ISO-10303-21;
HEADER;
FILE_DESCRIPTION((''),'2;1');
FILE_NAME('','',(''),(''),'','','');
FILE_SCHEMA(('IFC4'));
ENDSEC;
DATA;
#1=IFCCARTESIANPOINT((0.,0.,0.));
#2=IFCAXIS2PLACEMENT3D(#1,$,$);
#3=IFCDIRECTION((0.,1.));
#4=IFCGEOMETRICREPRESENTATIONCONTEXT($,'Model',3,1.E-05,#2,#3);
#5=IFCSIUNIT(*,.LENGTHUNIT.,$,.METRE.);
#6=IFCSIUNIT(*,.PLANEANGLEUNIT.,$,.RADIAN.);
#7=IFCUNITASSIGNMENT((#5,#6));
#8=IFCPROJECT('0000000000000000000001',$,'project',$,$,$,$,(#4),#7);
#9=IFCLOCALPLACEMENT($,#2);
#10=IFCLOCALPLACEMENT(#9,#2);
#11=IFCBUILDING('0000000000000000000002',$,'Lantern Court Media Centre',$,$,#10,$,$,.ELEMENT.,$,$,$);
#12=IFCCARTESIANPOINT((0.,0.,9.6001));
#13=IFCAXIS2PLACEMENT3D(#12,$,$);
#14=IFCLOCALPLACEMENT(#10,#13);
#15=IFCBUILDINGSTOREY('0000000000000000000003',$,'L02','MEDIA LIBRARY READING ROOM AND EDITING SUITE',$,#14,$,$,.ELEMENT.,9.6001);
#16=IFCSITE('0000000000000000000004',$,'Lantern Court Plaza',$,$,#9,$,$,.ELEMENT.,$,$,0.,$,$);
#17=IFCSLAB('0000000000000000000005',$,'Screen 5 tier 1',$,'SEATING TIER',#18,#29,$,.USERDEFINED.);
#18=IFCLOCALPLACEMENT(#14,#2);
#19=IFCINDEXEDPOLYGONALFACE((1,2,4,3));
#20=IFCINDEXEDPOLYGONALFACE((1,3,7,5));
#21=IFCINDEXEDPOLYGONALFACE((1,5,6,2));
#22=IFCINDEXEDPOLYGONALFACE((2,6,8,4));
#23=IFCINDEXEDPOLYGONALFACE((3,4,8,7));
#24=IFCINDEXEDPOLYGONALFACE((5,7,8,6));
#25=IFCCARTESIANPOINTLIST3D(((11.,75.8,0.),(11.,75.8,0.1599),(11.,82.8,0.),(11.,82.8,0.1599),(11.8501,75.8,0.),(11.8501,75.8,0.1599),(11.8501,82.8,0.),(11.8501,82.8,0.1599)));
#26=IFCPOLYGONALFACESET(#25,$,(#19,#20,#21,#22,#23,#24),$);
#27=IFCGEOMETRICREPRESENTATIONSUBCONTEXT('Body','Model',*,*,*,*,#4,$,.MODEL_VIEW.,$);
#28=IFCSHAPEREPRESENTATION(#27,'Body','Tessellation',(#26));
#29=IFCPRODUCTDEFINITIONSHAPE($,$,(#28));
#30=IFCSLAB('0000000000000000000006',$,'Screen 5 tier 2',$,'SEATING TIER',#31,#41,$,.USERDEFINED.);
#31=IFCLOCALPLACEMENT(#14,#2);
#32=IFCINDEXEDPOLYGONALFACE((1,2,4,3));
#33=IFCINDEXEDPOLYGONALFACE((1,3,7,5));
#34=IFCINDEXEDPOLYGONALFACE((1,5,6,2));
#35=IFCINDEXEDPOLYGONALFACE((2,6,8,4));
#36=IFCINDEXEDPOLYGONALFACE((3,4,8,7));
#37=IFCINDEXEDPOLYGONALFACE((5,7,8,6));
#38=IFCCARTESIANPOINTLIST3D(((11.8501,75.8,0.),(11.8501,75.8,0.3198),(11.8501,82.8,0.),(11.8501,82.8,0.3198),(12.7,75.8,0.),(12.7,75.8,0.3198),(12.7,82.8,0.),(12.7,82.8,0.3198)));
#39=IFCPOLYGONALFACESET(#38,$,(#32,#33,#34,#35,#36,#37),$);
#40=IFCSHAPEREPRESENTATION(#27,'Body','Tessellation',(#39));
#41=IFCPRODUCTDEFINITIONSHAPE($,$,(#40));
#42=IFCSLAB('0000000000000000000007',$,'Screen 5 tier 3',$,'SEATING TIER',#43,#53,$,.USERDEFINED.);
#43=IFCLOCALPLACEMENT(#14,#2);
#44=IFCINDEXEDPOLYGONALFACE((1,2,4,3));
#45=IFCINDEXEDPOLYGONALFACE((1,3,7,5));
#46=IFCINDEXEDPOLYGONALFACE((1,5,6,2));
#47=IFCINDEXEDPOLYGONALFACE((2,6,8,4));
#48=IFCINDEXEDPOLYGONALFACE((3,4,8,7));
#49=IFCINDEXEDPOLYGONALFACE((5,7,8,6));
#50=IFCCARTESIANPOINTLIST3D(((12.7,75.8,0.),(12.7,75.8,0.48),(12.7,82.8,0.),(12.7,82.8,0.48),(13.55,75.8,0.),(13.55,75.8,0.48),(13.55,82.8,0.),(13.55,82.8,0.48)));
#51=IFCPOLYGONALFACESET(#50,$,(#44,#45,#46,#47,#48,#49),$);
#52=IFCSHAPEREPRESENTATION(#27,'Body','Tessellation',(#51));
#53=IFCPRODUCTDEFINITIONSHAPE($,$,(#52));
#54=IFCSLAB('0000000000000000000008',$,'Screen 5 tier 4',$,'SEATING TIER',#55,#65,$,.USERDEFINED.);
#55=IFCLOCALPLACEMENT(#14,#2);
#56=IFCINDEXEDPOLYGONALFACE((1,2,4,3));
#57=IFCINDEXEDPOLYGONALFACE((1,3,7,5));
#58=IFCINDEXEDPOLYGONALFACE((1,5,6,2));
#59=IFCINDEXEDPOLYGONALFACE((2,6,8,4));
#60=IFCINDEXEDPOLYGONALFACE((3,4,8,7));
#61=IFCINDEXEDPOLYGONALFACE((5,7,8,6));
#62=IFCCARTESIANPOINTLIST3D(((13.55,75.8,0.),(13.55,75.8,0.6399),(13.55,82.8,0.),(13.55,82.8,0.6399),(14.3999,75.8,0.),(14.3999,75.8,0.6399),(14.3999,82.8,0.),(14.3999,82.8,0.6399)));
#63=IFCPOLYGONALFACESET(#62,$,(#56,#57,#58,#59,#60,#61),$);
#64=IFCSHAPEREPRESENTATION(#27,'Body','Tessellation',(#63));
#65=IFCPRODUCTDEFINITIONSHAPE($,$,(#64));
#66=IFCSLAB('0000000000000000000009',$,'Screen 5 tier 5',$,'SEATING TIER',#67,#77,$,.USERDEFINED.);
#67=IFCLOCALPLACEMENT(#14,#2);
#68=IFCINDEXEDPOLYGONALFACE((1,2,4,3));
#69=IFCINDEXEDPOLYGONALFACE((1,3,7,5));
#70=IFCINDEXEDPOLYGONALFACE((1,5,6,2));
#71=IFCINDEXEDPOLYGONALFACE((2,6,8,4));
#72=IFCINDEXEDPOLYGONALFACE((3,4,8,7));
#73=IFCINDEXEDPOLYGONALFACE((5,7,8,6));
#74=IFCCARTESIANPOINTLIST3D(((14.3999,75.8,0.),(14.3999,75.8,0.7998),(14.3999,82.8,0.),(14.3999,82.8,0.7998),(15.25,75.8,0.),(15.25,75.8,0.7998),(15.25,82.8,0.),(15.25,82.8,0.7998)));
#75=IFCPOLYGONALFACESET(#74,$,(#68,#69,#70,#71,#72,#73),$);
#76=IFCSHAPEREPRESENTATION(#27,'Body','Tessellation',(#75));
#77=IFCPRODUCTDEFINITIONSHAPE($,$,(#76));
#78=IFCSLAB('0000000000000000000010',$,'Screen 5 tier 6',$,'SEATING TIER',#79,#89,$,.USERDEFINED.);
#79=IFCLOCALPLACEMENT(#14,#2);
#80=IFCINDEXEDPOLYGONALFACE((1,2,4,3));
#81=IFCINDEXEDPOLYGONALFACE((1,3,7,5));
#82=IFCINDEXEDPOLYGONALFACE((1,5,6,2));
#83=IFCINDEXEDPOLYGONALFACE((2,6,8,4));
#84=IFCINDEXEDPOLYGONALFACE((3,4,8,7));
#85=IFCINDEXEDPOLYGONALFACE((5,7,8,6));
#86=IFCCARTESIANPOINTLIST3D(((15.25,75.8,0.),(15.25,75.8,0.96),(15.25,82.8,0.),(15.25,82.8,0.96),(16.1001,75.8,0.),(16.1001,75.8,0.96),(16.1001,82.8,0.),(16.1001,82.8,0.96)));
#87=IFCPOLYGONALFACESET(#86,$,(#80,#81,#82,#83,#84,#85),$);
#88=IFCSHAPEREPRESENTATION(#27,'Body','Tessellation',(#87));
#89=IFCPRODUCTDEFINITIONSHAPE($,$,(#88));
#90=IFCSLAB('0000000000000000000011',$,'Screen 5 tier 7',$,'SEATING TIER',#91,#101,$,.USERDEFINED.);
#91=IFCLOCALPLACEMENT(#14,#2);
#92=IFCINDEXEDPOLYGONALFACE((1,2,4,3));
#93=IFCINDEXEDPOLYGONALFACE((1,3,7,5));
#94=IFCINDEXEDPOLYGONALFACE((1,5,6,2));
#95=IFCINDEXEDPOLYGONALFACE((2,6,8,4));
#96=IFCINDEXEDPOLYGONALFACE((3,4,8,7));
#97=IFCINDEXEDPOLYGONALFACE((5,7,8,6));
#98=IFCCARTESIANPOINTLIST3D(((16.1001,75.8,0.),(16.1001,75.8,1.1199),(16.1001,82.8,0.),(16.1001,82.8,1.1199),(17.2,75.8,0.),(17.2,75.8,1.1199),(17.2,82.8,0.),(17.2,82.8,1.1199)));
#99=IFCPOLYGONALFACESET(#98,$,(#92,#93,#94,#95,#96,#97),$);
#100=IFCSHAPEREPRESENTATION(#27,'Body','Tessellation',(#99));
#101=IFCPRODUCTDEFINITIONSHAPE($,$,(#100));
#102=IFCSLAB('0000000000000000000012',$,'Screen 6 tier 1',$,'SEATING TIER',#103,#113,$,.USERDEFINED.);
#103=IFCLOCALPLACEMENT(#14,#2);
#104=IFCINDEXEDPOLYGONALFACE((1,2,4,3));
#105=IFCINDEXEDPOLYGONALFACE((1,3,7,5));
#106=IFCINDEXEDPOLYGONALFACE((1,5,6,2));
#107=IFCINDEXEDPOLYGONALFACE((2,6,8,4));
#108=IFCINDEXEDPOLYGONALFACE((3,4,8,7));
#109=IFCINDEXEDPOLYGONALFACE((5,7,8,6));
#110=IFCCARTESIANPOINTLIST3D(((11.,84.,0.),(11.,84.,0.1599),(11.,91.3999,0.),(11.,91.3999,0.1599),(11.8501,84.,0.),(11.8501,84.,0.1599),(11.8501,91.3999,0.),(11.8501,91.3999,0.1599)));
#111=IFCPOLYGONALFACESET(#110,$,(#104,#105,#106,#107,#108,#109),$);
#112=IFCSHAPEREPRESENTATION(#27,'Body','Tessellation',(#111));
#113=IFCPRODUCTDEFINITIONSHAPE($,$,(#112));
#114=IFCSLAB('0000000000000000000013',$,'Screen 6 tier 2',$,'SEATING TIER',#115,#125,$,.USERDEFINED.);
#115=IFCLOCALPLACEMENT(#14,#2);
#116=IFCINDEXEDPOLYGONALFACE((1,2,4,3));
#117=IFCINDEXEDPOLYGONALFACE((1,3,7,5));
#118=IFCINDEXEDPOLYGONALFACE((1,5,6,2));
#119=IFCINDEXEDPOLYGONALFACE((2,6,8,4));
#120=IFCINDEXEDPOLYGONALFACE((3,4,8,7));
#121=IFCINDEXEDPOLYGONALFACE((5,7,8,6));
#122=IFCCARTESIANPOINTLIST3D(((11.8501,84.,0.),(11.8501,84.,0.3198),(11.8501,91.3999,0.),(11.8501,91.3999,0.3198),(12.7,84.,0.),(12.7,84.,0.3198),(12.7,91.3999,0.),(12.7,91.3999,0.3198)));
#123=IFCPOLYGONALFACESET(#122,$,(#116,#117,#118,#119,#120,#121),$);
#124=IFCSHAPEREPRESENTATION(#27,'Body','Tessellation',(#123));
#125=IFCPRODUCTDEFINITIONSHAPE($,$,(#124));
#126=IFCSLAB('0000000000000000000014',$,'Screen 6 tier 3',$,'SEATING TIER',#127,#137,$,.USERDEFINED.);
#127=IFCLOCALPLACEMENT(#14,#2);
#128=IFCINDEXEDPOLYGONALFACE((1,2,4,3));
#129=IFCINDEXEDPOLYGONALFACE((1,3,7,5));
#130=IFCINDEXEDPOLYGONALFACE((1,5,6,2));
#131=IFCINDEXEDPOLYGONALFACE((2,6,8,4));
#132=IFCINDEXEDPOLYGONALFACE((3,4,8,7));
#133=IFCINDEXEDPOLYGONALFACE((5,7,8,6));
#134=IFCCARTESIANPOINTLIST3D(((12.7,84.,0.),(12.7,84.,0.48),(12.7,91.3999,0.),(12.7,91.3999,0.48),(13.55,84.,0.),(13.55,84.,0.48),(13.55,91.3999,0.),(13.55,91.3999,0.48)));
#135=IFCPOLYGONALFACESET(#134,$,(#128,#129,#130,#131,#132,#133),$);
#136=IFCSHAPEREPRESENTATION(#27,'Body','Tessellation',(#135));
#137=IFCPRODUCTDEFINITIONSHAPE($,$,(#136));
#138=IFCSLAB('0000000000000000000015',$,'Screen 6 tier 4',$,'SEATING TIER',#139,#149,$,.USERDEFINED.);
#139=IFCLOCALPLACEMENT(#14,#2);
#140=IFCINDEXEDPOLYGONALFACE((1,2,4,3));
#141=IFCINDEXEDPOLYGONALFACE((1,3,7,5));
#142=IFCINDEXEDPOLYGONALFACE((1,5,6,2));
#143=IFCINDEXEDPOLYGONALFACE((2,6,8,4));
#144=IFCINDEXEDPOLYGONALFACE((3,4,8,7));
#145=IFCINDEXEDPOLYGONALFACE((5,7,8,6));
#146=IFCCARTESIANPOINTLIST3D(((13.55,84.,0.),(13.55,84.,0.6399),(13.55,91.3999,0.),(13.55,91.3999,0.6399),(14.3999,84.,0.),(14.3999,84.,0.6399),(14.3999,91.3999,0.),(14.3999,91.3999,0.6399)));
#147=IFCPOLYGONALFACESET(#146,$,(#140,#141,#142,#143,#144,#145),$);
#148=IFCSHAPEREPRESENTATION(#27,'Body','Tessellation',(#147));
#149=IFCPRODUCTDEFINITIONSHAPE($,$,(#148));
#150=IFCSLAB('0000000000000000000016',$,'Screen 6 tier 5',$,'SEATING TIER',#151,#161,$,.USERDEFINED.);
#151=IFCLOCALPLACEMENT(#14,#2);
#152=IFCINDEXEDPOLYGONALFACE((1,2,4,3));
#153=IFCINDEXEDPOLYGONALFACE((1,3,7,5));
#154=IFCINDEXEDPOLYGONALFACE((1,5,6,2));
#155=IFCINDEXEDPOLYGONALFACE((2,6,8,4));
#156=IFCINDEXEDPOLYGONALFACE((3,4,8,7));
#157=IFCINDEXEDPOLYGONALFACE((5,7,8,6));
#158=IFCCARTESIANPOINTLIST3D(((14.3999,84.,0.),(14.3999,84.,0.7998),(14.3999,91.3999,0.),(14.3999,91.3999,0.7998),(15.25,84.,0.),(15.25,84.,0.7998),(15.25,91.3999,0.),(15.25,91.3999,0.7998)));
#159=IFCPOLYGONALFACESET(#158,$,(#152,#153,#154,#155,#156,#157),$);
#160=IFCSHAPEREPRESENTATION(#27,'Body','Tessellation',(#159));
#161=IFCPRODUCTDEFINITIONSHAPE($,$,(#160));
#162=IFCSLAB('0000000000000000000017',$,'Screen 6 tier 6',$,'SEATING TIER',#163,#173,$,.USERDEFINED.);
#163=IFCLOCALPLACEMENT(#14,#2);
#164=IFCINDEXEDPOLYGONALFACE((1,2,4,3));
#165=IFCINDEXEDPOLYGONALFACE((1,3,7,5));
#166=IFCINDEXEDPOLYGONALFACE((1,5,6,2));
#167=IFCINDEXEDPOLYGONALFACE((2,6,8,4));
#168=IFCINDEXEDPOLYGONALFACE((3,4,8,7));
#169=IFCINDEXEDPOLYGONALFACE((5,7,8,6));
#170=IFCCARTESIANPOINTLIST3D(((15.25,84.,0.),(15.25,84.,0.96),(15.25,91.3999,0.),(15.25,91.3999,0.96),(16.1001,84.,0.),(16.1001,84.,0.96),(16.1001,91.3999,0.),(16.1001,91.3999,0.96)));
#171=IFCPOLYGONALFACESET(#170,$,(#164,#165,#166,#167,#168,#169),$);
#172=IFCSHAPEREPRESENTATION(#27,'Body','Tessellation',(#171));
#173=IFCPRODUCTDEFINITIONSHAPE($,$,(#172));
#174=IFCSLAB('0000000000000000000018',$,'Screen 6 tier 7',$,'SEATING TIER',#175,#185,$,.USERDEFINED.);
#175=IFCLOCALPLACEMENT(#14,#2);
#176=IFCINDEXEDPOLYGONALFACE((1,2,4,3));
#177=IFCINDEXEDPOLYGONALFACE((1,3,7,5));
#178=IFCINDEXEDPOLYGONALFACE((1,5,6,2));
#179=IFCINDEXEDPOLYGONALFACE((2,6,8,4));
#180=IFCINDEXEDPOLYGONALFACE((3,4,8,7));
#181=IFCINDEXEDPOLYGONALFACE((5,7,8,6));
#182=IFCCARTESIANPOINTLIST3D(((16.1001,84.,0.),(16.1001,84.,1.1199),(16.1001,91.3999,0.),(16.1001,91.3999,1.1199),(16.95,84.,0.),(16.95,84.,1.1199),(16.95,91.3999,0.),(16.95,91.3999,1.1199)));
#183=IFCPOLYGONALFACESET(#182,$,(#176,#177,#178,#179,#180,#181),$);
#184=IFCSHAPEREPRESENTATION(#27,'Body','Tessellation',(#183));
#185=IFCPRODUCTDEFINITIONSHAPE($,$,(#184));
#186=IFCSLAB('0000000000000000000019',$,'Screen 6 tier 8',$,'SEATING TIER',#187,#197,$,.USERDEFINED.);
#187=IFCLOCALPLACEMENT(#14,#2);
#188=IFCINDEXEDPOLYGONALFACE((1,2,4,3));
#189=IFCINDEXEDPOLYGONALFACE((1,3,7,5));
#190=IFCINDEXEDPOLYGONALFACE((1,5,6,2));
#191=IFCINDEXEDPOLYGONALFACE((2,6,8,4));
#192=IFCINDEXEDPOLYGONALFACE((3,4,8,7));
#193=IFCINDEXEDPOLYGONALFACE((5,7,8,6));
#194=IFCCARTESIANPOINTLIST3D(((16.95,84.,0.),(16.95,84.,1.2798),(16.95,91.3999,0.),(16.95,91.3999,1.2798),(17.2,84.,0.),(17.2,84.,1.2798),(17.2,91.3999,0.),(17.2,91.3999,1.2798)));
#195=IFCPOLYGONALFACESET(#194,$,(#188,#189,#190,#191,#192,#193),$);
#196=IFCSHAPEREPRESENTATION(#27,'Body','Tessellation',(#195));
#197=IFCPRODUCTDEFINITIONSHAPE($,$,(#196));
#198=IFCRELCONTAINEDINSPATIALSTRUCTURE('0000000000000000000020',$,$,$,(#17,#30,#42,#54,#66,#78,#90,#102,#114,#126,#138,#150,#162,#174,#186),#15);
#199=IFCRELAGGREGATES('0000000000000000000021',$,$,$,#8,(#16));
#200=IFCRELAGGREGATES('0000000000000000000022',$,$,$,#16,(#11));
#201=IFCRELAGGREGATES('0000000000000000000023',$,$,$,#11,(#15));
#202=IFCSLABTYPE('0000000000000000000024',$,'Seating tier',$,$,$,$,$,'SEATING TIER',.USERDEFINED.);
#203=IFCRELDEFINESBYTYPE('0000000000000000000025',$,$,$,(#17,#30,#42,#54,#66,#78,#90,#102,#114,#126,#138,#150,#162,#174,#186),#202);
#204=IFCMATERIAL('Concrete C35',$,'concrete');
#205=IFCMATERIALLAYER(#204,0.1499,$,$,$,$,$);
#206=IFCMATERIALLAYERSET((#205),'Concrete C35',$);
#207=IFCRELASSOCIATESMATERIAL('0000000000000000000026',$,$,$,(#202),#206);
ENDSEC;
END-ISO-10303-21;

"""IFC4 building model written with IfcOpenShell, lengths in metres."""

from ifc_helpers import new_model, si_unit, direction, frame, origin, place, context, subcontext, project, spatial, polyline, outline, extrude, material, layer, layer_set, type_object, element, save


model = new_model("IFC4")

# Units and contexts
model_context = context("Model", 3, precision=1e-05, world=origin(), true_north=direction((0.0, 1.0)))
body_context = subcontext(model_context, "Body", "Model", "MODEL_VIEW")
ifc_project = project(units=[si_unit("LENGTHUNIT", "METRE"), si_unit("PLANEANGLEUNIT", "RADIAN")], contexts=[model_context])

# Site, building, storey
site_placement = place(None, origin())
site = spatial("IfcSite", under=ifc_project, at=site_placement, Name="Lantern Court Plaza", CompositionType="ELEMENT", RefElevation=0.0)
building_placement = place(site_placement, origin())
building = spatial("IfcBuilding", under=site, at=building_placement, Name="Lantern Court Media Centre", CompositionType="ELEMENT")
storey_placement = place(building_placement, frame((0.0, 0.0, 9.6001)))
storey = spatial("IfcBuildingStorey", under=building, at=storey_placement, Name="L02", Description="MEDIA LIBRARY READING ROOM AND EDITING SUITE", CompositionType="ELEMENT", Elevation=9.6001)

# Slabs
ifc_material_1 = material(Name="Concrete C35", Category="concrete")
ifc_layer_1 = layer(ifc_material_1, 0.1499)
ifc_layer_set_1 = layer_set([ifc_layer_1], Name="Concrete C35")
slab_type = type_object("IfcSlabType", Name="Seating tier", ElementType="SEATING TIER", PredefinedType="USERDEFINED", material=ifc_layer_set_1)
slab_1_placement = place(storey_placement, origin())
element("IfcSlab", 1, at=slab_1_placement, inside=storey, type_object=slab_type, Name="Screen 5 tier 1", ObjectType="SEATING TIER", PredefinedType="USERDEFINED", context=body_context, shape_type="SweptSolid", body=[
    extrude(outline(polyline([(11.0, 75.8), (11.8501, 75.8), (11.8501, 82.8), (11.0, 82.8), (11.0, 75.8)])), origin(), (0.0, 0.0, 1.0), 0.1599),
])
slab_2_placement = place(storey_placement, origin())
element("IfcSlab", 2, at=slab_2_placement, inside=storey, type_object=slab_type, Name="Screen 5 tier 2", ObjectType="SEATING TIER", PredefinedType="USERDEFINED", context=body_context, shape_type="SweptSolid", body=[
    extrude(outline(polyline([(11.8501, 75.8), (12.7, 75.8), (12.7, 82.8), (11.8501, 82.8), (11.8501, 75.8)])), origin(), (0.0, 0.0, 1.0), 0.3198),
])
slab_3_placement = place(storey_placement, origin())
element("IfcSlab", 3, at=slab_3_placement, inside=storey, type_object=slab_type, Name="Screen 5 tier 3", ObjectType="SEATING TIER", PredefinedType="USERDEFINED", context=body_context, shape_type="SweptSolid", body=[
    extrude(outline(polyline([(12.7, 75.8), (13.55, 75.8), (13.55, 82.8), (12.7, 82.8), (12.7, 75.8)])), origin(), (0.0, 0.0, 1.0), 0.48),
])
slab_4_placement = place(storey_placement, origin())
element("IfcSlab", 4, at=slab_4_placement, inside=storey, type_object=slab_type, Name="Screen 5 tier 4", ObjectType="SEATING TIER", PredefinedType="USERDEFINED", context=body_context, shape_type="SweptSolid", body=[
    extrude(outline(polyline([(13.55, 75.8), (14.3999, 75.8), (14.3999, 82.8), (13.55, 82.8), (13.55, 75.8)])), origin(), (0.0, 0.0, 1.0), 0.6399),
])
slab_5_placement = place(storey_placement, origin())
element("IfcSlab", 5, at=slab_5_placement, inside=storey, type_object=slab_type, Name="Screen 5 tier 5", ObjectType="SEATING TIER", PredefinedType="USERDEFINED", context=body_context, shape_type="SweptSolid", body=[
    extrude(outline(polyline([(14.3999, 75.8), (15.25, 75.8), (15.25, 82.8), (14.3999, 82.8), (14.3999, 75.8)])), origin(), (0.0, 0.0, 1.0), 0.7998),
])
slab_6_placement = place(storey_placement, origin())
element("IfcSlab", 6, at=slab_6_placement, inside=storey, type_object=slab_type, Name="Screen 5 tier 6", ObjectType="SEATING TIER", PredefinedType="USERDEFINED", context=body_context, shape_type="SweptSolid", body=[
    extrude(outline(polyline([(15.25, 75.8), (16.1001, 75.8), (16.1001, 82.8), (15.25, 82.8), (15.25, 75.8)])), origin(), (0.0, 0.0, 1.0), 0.96),
])
slab_7_placement = place(storey_placement, origin())
element("IfcSlab", 7, at=slab_7_placement, inside=storey, type_object=slab_type, Name="Screen 5 tier 7", ObjectType="SEATING TIER", PredefinedType="USERDEFINED", context=body_context, shape_type="SweptSolid", body=[
    extrude(outline(polyline([(16.1001, 75.8), (17.2, 75.8), (17.2, 82.8), (16.1001, 82.8), (16.1001, 75.8)])), origin(), (0.0, 0.0, 1.0), 1.1199),
])
slab_8_placement = place(storey_placement, origin())
element("IfcSlab", 8, at=slab_8_placement, inside=storey, type_object=slab_type, Name="Screen 6 tier 1", ObjectType="SEATING TIER", PredefinedType="USERDEFINED", context=body_context, shape_type="SweptSolid", body=[
    extrude(outline(polyline([(11.0, 84.0), (11.8501, 84.0), (11.8501, 91.3999), (11.0, 91.3999), (11.0, 84.0)])), origin(), (0.0, 0.0, 1.0), 0.1599),
])
slab_9_placement = place(storey_placement, origin())
element("IfcSlab", 9, at=slab_9_placement, inside=storey, type_object=slab_type, Name="Screen 6 tier 2", ObjectType="SEATING TIER", PredefinedType="USERDEFINED", context=body_context, shape_type="SweptSolid", body=[
    extrude(outline(polyline([(11.8501, 84.0), (12.7, 84.0), (12.7, 91.3999), (11.8501, 91.3999), (11.8501, 84.0)])), origin(), (0.0, 0.0, 1.0), 0.3198),
])
slab_10_placement = place(storey_placement, origin())
element("IfcSlab", 10, at=slab_10_placement, inside=storey, type_object=slab_type, Name="Screen 6 tier 3", ObjectType="SEATING TIER", PredefinedType="USERDEFINED", context=body_context, shape_type="SweptSolid", body=[
    extrude(outline(polyline([(12.7, 84.0), (13.55, 84.0), (13.55, 91.3999), (12.7, 91.3999), (12.7, 84.0)])), origin(), (0.0, 0.0, 1.0), 0.48),
])
slab_11_placement = place(storey_placement, origin())
element("IfcSlab", 11, at=slab_11_placement, inside=storey, type_object=slab_type, Name="Screen 6 tier 4", ObjectType="SEATING TIER", PredefinedType="USERDEFINED", context=body_context, shape_type="SweptSolid", body=[
    extrude(outline(polyline([(13.55, 84.0), (14.3999, 84.0), (14.3999, 91.3999), (13.55, 91.3999), (13.55, 84.0)])), origin(), (0.0, 0.0, 1.0), 0.6399),
])
slab_12_placement = place(storey_placement, origin())
element("IfcSlab", 12, at=slab_12_placement, inside=storey, type_object=slab_type, Name="Screen 6 tier 5", ObjectType="SEATING TIER", PredefinedType="USERDEFINED", context=body_context, shape_type="SweptSolid", body=[
    extrude(outline(polyline([(14.3999, 84.0), (15.25, 84.0), (15.25, 91.3999), (14.3999, 91.3999), (14.3999, 84.0)])), origin(), (0.0, 0.0, 1.0), 0.7998),
])
slab_13_placement = place(storey_placement, origin())
element("IfcSlab", 13, at=slab_13_placement, inside=storey, type_object=slab_type, Name="Screen 6 tier 6", ObjectType="SEATING TIER", PredefinedType="USERDEFINED", context=body_context, shape_type="SweptSolid", body=[
    extrude(outline(polyline([(15.25, 84.0), (16.1001, 84.0), (16.1001, 91.3999), (15.25, 91.3999), (15.25, 84.0)])), origin(), (0.0, 0.0, 1.0), 0.96),
])
slab_14_placement = place(storey_placement, origin())
element("IfcSlab", 14, at=slab_14_placement, inside=storey, type_object=slab_type, Name="Screen 6 tier 7", ObjectType="SEATING TIER", PredefinedType="USERDEFINED", context=body_context, shape_type="SweptSolid", body=[
    extrude(outline(polyline([(16.1001, 84.0), (16.95, 84.0), (16.95, 91.3999), (16.1001, 91.3999), (16.1001, 84.0)])), origin(), (0.0, 0.0, 1.0), 1.1199),
])
slab_15_placement = place(storey_placement, origin())
element("IfcSlab", 15, at=slab_15_placement, inside=storey, type_object=slab_type, Name="Screen 6 tier 8", ObjectType="SEATING TIER", PredefinedType="USERDEFINED", context=body_context, shape_type="SweptSolid", body=[
    extrude(outline(polyline([(16.95, 84.0), (17.2, 84.0), (17.2, 91.3999), (16.95, 91.3999), (16.95, 84.0)])), origin(), (0.0, 0.0, 1.0), 1.2798),
])

save(model, "model.ifc")
